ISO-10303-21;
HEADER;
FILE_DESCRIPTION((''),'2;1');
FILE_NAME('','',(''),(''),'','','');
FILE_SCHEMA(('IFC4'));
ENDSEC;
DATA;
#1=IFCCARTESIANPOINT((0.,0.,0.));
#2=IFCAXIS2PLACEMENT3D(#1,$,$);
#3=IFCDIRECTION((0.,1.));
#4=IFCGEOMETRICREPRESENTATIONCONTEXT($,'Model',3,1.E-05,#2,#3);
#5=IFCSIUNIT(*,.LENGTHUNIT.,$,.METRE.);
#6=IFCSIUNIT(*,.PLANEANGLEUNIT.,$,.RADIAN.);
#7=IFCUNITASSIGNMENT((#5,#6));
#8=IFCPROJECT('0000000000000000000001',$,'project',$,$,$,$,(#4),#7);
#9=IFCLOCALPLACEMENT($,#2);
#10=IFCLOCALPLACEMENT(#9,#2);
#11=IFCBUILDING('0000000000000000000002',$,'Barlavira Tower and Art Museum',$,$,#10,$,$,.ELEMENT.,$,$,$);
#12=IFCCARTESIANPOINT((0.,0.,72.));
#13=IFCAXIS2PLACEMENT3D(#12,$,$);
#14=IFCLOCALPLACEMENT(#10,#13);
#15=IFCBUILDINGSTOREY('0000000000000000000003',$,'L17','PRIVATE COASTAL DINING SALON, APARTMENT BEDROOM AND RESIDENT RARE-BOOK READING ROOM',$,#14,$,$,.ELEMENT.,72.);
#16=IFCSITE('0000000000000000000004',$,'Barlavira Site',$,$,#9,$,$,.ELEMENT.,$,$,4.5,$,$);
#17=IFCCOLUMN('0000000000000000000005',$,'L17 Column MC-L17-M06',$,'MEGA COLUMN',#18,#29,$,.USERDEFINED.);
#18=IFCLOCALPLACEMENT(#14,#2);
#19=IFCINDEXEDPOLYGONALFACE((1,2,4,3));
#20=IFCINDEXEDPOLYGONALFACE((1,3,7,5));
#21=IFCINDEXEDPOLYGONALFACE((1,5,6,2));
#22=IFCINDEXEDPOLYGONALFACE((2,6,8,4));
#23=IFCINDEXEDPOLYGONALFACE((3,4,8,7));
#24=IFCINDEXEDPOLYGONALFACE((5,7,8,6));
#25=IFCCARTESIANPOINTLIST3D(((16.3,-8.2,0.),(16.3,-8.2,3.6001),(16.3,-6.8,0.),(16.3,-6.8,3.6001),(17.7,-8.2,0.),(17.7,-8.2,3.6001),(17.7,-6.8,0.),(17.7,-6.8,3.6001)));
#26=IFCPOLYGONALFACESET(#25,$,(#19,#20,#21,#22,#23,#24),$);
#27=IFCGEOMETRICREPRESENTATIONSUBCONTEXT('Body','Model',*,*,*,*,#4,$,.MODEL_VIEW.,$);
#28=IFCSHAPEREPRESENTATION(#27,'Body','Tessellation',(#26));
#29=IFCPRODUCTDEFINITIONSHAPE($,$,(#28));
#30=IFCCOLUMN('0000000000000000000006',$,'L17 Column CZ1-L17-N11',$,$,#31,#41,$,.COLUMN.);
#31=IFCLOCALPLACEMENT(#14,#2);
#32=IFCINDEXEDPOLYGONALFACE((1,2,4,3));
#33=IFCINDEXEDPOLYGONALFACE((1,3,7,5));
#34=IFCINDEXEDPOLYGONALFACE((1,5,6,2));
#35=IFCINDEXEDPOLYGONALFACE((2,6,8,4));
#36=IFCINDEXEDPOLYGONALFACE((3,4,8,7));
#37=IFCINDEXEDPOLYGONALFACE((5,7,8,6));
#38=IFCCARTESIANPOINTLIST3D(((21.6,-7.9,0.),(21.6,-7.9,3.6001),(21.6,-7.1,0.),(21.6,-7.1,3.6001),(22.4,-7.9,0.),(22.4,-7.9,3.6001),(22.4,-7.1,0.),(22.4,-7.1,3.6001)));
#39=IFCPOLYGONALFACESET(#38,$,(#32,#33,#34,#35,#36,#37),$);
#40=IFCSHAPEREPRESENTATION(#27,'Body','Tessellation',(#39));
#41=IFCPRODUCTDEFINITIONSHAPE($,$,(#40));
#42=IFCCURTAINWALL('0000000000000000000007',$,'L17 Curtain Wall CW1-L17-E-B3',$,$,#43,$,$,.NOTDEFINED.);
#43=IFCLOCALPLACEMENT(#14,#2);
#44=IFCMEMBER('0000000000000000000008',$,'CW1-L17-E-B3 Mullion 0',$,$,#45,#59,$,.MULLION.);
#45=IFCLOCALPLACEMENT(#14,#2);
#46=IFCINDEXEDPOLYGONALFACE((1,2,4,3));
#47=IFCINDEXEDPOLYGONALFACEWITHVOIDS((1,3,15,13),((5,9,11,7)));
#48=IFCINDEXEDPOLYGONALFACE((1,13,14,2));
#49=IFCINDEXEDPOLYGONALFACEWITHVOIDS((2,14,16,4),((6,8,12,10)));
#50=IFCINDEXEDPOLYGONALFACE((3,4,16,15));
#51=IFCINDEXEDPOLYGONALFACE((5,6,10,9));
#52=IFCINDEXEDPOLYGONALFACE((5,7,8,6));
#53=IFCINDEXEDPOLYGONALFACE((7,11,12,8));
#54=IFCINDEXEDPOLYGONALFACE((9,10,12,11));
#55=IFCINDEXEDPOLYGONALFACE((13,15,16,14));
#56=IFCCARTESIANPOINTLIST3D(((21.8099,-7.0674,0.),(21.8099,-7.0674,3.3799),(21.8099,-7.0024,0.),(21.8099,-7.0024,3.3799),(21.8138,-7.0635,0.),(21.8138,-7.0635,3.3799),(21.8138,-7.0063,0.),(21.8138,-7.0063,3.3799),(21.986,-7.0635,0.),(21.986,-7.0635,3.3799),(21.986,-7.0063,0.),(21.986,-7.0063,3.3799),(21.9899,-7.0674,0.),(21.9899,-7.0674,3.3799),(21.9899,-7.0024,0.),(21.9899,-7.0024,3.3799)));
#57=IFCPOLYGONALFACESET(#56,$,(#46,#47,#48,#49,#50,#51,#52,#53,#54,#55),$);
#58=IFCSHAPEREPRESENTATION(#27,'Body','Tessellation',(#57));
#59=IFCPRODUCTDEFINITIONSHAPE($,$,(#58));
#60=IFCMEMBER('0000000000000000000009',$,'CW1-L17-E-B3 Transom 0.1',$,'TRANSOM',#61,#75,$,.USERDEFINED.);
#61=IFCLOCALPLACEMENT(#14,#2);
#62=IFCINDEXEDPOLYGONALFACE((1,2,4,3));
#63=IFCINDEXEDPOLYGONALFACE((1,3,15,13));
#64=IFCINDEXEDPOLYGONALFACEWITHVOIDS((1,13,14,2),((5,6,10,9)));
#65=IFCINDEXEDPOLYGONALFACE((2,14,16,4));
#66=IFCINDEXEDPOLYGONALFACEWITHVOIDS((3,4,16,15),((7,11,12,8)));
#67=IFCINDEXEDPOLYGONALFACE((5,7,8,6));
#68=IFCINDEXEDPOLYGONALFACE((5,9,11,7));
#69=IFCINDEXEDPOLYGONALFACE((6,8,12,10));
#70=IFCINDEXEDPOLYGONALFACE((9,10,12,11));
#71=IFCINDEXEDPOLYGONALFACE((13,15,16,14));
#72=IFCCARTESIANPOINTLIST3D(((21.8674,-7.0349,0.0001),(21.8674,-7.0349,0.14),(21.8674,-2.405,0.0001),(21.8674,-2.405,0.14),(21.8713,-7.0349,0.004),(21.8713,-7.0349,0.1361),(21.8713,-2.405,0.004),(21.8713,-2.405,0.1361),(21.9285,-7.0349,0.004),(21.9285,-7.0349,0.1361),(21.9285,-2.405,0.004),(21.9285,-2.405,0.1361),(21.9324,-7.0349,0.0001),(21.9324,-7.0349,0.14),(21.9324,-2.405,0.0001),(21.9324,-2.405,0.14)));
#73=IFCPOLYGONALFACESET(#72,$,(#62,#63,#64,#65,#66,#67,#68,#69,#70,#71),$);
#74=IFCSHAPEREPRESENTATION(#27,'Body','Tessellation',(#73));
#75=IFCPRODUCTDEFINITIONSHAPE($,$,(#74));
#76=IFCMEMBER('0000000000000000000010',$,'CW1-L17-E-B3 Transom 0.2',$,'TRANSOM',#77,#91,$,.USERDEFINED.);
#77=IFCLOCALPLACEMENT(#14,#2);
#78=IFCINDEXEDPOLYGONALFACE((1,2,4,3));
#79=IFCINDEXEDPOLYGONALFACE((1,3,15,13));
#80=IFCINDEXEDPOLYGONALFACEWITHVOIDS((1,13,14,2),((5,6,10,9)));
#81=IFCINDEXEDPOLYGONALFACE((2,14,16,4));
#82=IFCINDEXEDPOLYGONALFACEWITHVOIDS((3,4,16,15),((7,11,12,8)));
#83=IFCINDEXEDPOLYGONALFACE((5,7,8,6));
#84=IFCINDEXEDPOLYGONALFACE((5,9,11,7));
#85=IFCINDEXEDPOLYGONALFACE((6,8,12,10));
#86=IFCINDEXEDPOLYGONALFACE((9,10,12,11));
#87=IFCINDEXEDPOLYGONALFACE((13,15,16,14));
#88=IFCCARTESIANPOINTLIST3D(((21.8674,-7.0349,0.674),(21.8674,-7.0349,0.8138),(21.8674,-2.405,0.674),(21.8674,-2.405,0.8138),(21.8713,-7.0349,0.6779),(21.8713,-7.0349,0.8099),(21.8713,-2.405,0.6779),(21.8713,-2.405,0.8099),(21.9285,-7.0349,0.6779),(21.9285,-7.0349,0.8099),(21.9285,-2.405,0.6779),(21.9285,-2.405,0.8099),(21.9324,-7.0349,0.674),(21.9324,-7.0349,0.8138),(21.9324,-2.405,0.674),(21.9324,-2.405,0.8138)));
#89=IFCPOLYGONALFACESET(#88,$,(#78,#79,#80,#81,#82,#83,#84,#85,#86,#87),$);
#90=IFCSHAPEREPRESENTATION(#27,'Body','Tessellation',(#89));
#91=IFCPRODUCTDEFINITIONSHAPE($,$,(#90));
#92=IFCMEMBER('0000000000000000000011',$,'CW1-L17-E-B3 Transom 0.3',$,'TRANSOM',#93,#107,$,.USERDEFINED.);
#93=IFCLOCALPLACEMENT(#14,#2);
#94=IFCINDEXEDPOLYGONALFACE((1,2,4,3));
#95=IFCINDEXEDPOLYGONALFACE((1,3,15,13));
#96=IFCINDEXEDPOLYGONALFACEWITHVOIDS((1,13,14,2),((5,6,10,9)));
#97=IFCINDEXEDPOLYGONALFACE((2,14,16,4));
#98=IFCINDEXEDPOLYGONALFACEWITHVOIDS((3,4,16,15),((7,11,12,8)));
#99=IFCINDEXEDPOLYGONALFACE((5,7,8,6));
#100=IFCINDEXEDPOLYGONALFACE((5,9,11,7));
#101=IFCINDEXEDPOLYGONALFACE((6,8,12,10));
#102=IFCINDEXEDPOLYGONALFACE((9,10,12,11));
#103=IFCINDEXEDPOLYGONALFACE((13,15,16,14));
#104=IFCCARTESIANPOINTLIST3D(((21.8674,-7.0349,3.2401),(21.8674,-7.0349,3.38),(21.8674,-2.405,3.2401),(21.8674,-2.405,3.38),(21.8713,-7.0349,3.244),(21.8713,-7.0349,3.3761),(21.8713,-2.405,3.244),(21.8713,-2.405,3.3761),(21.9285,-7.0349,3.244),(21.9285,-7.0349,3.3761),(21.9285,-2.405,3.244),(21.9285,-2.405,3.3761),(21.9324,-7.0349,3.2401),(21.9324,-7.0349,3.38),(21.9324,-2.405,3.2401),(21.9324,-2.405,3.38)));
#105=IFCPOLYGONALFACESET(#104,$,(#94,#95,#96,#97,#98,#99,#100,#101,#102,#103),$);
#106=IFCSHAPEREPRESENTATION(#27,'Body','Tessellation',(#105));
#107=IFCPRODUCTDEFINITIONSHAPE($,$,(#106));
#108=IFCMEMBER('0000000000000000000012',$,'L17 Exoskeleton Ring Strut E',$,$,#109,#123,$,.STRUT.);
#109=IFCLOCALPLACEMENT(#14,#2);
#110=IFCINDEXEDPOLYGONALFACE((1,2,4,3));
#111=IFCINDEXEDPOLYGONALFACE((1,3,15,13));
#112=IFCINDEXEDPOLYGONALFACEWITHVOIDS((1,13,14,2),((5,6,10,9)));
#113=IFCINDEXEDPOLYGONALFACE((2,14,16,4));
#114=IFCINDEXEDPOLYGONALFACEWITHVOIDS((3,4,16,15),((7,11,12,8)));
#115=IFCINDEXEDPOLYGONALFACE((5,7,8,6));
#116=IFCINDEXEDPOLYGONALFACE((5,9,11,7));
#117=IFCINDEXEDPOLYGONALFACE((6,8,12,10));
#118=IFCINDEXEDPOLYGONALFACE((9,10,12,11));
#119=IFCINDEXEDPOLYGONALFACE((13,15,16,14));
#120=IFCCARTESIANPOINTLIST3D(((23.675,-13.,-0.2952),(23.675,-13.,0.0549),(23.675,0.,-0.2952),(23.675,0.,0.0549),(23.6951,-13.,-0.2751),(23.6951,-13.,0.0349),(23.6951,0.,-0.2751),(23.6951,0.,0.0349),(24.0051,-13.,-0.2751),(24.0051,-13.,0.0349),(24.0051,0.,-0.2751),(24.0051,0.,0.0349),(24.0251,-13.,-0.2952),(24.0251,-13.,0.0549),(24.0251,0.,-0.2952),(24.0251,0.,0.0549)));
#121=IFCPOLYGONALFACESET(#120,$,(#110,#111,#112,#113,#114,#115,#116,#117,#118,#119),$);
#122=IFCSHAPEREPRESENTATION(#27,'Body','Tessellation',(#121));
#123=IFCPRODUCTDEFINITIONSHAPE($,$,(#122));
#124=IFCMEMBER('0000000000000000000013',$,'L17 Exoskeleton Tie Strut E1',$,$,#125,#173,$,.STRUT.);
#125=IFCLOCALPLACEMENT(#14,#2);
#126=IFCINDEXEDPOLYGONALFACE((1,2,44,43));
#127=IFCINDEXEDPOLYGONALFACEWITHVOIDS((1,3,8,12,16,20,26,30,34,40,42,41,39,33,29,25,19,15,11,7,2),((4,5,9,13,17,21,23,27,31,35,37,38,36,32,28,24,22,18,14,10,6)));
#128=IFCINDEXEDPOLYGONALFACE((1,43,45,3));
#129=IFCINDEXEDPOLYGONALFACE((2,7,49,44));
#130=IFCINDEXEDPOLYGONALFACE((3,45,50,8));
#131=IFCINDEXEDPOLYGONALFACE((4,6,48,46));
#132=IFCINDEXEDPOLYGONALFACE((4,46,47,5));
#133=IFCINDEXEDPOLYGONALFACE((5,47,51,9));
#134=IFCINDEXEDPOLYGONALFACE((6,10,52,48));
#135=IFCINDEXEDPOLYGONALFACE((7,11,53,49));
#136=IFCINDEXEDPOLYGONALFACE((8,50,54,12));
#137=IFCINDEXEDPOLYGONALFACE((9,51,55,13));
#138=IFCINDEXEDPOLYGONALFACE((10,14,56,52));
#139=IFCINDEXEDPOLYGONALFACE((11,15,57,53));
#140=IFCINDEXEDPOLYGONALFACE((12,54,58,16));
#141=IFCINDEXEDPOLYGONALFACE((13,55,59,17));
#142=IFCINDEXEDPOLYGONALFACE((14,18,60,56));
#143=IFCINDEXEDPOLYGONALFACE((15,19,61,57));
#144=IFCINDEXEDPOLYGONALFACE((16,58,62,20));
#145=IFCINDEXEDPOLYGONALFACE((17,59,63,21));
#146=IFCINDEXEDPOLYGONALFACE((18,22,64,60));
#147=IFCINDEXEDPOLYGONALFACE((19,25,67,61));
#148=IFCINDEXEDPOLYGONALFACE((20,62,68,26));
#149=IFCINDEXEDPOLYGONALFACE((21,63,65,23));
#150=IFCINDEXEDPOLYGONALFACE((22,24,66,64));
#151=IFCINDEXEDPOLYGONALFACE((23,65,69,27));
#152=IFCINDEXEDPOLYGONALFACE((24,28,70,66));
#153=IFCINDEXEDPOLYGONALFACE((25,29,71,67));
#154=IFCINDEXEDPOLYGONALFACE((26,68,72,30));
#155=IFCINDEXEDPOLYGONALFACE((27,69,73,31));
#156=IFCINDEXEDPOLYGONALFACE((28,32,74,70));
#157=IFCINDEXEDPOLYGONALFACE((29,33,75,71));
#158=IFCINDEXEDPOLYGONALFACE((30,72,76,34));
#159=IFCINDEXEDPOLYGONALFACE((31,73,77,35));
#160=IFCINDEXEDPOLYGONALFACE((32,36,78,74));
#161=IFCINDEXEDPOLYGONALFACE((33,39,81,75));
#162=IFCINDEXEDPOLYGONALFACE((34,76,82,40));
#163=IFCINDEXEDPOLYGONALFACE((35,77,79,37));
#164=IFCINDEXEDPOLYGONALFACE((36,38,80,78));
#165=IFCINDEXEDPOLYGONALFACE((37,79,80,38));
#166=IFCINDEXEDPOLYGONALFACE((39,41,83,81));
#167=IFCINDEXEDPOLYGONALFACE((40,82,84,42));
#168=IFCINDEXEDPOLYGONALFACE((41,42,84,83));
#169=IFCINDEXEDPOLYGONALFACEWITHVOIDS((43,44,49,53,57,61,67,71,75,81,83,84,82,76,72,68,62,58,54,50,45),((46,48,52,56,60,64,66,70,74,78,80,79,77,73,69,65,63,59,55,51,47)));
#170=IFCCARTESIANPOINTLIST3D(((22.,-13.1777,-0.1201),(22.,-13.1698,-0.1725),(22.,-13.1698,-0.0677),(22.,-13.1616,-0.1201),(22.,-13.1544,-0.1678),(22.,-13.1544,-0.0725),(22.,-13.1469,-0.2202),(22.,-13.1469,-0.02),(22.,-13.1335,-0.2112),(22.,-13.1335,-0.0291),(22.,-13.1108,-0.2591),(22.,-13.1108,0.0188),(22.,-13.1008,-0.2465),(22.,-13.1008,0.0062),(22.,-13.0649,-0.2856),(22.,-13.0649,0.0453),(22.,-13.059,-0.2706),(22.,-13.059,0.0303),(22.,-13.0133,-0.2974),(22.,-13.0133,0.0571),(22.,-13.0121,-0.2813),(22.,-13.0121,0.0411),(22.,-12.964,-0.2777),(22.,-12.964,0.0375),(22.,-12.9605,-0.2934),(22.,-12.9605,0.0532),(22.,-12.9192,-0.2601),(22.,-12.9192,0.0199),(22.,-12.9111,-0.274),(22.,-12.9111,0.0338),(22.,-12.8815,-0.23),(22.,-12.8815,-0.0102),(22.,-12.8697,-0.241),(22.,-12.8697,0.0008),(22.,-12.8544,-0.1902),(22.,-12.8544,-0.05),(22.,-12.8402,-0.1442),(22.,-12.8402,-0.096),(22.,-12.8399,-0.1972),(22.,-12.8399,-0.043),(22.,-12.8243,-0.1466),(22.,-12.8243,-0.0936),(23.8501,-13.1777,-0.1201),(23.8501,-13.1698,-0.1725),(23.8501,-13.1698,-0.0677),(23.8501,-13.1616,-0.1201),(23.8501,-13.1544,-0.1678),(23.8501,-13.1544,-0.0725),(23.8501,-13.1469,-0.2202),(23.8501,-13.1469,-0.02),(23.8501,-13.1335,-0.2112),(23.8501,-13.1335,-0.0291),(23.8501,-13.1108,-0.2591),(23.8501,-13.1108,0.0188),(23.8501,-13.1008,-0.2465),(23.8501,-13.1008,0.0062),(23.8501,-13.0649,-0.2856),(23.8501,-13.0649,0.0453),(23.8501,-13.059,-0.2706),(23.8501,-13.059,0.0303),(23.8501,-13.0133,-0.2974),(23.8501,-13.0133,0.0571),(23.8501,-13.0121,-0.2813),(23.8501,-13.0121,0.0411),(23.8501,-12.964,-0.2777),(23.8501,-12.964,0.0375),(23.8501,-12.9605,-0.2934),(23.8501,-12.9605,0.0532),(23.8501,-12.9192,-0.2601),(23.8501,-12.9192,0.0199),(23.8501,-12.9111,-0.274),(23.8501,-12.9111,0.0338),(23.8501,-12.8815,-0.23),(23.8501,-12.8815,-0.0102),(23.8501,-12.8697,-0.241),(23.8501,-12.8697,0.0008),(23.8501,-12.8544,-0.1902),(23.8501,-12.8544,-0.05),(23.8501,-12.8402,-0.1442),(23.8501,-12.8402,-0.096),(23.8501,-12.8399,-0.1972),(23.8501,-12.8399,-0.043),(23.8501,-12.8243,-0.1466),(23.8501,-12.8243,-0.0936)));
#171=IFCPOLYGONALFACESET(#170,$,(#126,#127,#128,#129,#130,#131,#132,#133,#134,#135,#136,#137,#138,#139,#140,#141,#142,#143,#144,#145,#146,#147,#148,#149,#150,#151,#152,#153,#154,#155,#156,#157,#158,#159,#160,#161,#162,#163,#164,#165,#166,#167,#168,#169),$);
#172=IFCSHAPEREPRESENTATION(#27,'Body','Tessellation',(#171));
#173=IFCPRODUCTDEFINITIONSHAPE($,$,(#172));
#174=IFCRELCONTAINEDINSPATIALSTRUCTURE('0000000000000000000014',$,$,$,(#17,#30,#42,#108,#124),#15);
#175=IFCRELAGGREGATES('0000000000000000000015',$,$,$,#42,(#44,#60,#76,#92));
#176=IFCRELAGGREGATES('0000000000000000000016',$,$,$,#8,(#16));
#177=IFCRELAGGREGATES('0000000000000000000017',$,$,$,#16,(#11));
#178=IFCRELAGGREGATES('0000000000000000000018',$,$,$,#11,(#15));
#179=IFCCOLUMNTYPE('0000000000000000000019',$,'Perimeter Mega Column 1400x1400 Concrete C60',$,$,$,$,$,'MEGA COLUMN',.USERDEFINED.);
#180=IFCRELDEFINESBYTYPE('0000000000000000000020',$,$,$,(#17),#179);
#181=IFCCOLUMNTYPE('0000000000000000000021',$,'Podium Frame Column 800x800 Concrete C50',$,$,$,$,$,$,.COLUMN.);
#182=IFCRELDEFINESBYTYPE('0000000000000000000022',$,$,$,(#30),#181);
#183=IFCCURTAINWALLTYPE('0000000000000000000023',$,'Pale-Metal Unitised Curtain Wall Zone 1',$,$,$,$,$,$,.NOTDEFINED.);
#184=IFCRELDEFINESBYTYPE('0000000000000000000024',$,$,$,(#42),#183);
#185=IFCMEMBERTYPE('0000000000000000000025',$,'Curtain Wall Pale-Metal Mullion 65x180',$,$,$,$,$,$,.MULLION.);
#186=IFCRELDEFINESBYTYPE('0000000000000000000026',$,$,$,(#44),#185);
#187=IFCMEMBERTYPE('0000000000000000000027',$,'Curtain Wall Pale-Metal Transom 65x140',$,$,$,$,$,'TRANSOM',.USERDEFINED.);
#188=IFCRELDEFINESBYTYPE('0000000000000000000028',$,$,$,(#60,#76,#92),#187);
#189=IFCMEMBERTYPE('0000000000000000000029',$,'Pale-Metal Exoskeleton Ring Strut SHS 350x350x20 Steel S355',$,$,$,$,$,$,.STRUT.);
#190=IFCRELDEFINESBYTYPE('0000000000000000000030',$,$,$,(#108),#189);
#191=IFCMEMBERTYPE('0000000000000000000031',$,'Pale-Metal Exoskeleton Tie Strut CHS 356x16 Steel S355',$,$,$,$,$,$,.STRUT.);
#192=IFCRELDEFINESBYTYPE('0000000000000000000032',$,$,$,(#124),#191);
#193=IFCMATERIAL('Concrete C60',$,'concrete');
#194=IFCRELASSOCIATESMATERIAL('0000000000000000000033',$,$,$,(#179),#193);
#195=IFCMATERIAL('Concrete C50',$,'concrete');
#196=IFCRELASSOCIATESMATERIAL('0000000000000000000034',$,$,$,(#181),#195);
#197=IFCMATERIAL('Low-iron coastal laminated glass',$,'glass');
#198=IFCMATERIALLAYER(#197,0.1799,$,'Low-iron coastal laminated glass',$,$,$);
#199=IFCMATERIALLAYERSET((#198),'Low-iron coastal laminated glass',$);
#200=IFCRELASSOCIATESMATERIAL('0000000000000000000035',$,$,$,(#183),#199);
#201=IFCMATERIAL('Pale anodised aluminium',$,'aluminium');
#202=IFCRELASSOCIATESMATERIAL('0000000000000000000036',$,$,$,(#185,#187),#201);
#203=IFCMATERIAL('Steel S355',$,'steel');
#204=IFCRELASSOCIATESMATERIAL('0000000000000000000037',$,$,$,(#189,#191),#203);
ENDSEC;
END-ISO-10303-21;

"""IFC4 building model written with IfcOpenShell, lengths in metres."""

from ifc_helpers import new_model, si_unit, direction, frame, origin, origin_2d, place, context, subcontext, project, spatial, rectangle, hollow_rectangle, hollow_circle, extrude, material, layer, layer_set, material_profile, profile_set, type_object, element, aggregate, save


model = new_model("IFC4")

# Units and contexts
model_context = context("Model", 3, precision=1e-05, world=origin(), true_north=direction((0.0, 1.0)))
body_context = subcontext(model_context, "Body", "Model", "MODEL_VIEW")
ifc_project = project(units=[si_unit("LENGTHUNIT", "METRE"), si_unit("PLANEANGLEUNIT", "RADIAN")], contexts=[model_context])

# Site, building, storey
site_placement = place(None, origin())
site = spatial("IfcSite", under=ifc_project, at=site_placement, Name="Barlavira Site", CompositionType="ELEMENT", RefElevation=4.5)
building_placement = place(site_placement, origin())
building = spatial("IfcBuilding", under=site, at=building_placement, Name="Barlavira Tower and Art Museum", CompositionType="ELEMENT")
storey_placement = place(building_placement, frame((0.0, 0.0, 72.0)))
storey = spatial("IfcBuildingStorey", under=building, at=storey_placement, Name="L17", Description="PRIVATE COASTAL DINING SALON, APARTMENT BEDROOM AND RESIDENT RARE-BOOK READING ROOM", CompositionType="ELEMENT", Elevation=72.0)

# Columns
ifc_material_1 = material(Name="Concrete C60", Category="concrete")
ifc_material_profile_1 = material_profile(ifc_material_1, rectangle(XDim=1.3999, YDim=1.3999, at=origin_2d()), Name="RC-MCOL 1400x1400")
ifc_profile_set_1 = profile_set([ifc_material_profile_1], Name="Concrete C60")
column_type_1 = type_object("IfcColumnType", Name="Perimeter Mega Column 1400x1400 Concrete C60", ElementType="MEGA COLUMN", PredefinedType="USERDEFINED", material=ifc_profile_set_1)
column_1_placement = place(storey_placement, frame((17.0, -7.5, 0.0), z_axis=(0.0, 0.0, 1.0), x_axis=(1.0, 0.0, 0.0)))
element("IfcColumn", 1, at=column_1_placement, inside=storey, type_object=column_type_1, Name="L17 Column MC-L17-M06", ObjectType="MEGA COLUMN", PredefinedType="USERDEFINED", context=body_context, shape_type="SweptSolid", body=[
    extrude(rectangle(XDim=1.3999, YDim=1.3999, at=origin_2d()), origin(), (0.0, 0.0, 1.0), 3.6001),
])
ifc_material_2 = material(Name="Concrete C50", Category="concrete")
ifc_material_profile_2 = material_profile(ifc_material_2, rectangle(XDim=0.8, YDim=0.8, at=origin_2d()), Name="RC-COL 800x800")
ifc_profile_set_2 = profile_set([ifc_material_profile_2], Name="Concrete C50")
column_type_2 = type_object("IfcColumnType", Name="Podium Frame Column 800x800 Concrete C50", PredefinedType="COLUMN", material=ifc_profile_set_2)
column_2_placement = place(storey_placement, frame((22.0, -7.5, 0.0), z_axis=(0.0, 0.0, 1.0), x_axis=(1.0, 0.0, 0.0)))
element("IfcColumn", 2, at=column_2_placement, inside=storey, type_object=column_type_2, Name="L17 Column CZ1-L17-N11", PredefinedType="COLUMN", context=body_context, shape_type="SweptSolid", body=[
    extrude(rectangle(XDim=0.8, YDim=0.8, at=origin_2d()), origin(), (0.0, 0.0, 1.0), 3.6001),
])

# Curtain wall, members
ifc_material_3 = material(Name="Low-iron coastal laminated glass", Category="glass")
ifc_layer_1 = layer(ifc_material_3, 0.1799, Name="Low-iron coastal laminated glass")
ifc_layer_set_1 = layer_set([ifc_layer_1], Name="Low-iron coastal laminated glass")
curtain_wall_type = type_object("IfcCurtainWallType", Name="Pale-Metal Unitised Curtain Wall Zone 1", PredefinedType="NOTDEFINED", material=ifc_layer_set_1)
curtain_wall_placement = place(storey_placement, origin())
curtain_wall = element("IfcCurtainWall", 3, at=curtain_wall_placement, inside=storey, type_object=curtain_wall_type, Name="L17 Curtain Wall CW1-L17-E-B3", PredefinedType="NOTDEFINED")
ifc_material_4 = material(Name="Pale anodised aluminium", Category="aluminium")
ifc_material_profile_3 = material_profile(ifc_material_4, hollow_rectangle(XDim=0.0649, YDim=0.1799, WallThickness=0.0039, at=origin_2d()), Name="ALU-MULL 65x180x4")
ifc_profile_set_3 = profile_set([ifc_material_profile_3], Name="Pale anodised aluminium")
member_type_1 = type_object("IfcMemberType", Name="Curtain Wall Pale-Metal Mullion 65x180", PredefinedType="MULLION", material=ifc_profile_set_3)
member_1_placement = place(storey_placement, frame((21.8999, -7.0349, 0.0), z_axis=(0.0, 0.0, 1.0), x_axis=(0.0, 1.0, 0.0)))
member_1 = element("IfcMember", 4, at=member_1_placement, type_object=member_type_1, Name="CW1-L17-E-B3 Mullion 0", PredefinedType="MULLION", context=body_context, shape_type="SweptSolid", body=[
    extrude(hollow_rectangle(XDim=0.0649, YDim=0.1799, WallThickness=0.0039, at=origin_2d()), origin(), (0.0, 0.0, 1.0), 3.3799),
])
ifc_material_profile_4 = material_profile(ifc_material_4, hollow_rectangle(XDim=0.0649, YDim=0.1399, WallThickness=0.0039, at=origin_2d()), Name="ALU-TRAN 65x140x4")
ifc_profile_set_4 = profile_set([ifc_material_profile_4], Name="Pale anodised aluminium")
member_type_2 = type_object("IfcMemberType", Name="Curtain Wall Pale-Metal Transom 65x140", ElementType="TRANSOM", PredefinedType="USERDEFINED", material=ifc_profile_set_4)
member_2_placement = place(storey_placement, frame((21.8999, -7.0349, 0.0701), z_axis=(0.0, 1.0, 0.0), x_axis=(-1.0, 0.0, 0.0)))
member_2 = element("IfcMember", 5, at=member_2_placement, type_object=member_type_2, Name="CW1-L17-E-B3 Transom 0.1", ObjectType="TRANSOM", PredefinedType="USERDEFINED", context=body_context, shape_type="SweptSolid", body=[
    extrude(hollow_rectangle(XDim=0.0649, YDim=0.1399, WallThickness=0.0039, at=origin_2d()), origin(), (0.0, 0.0, 1.0), 4.6299),
])
member_3_placement = place(storey_placement, frame((21.8999, -7.0349, 0.7439), z_axis=(0.0, 1.0, 0.0), x_axis=(-1.0, 0.0, 0.0)))
member_3 = element("IfcMember", 6, at=member_3_placement, type_object=member_type_2, Name="CW1-L17-E-B3 Transom 0.2", ObjectType="TRANSOM", PredefinedType="USERDEFINED", context=body_context, shape_type="SweptSolid", body=[
    extrude(hollow_rectangle(XDim=0.0649, YDim=0.1399, WallThickness=0.0039, at=origin_2d()), origin(), (0.0, 0.0, 1.0), 4.6299),
])
member_4_placement = place(storey_placement, frame((21.8999, -7.0349, 3.3101), z_axis=(0.0, 1.0, 0.0), x_axis=(-1.0, 0.0, 0.0)))
member_4 = element("IfcMember", 7, at=member_4_placement, type_object=member_type_2, Name="CW1-L17-E-B3 Transom 0.3", ObjectType="TRANSOM", PredefinedType="USERDEFINED", context=body_context, shape_type="SweptSolid", body=[
    extrude(hollow_rectangle(XDim=0.0649, YDim=0.1399, WallThickness=0.0039, at=origin_2d()), origin(), (0.0, 0.0, 1.0), 4.6299),
])

# Members
ifc_material_5 = material(Name="Steel S355", Category="steel")
ifc_material_profile_5 = material_profile(ifc_material_5, hollow_rectangle(XDim=0.3501, YDim=0.3501, WallThickness=0.02, at=origin_2d()), Name="SHS 350x350x20.0")
ifc_profile_set_5 = profile_set([ifc_material_profile_5], Name="Steel S355")
member_type_3 = type_object("IfcMemberType", Name="Pale-Metal Exoskeleton Ring Strut SHS 350x350x20 Steel S355", PredefinedType="STRUT", material=ifc_profile_set_5)
member_5_placement = place(storey_placement, frame((23.8501, -13.0, -0.1201), z_axis=(0.0, 1.0, 0.0), x_axis=(-1.0, 0.0, 0.0)))
element("IfcMember", 8, at=member_5_placement, inside=storey, type_object=member_type_3, Name="L17 Exoskeleton Ring Strut E", PredefinedType="STRUT", context=body_context, shape_type="SweptSolid", body=[
    extrude(hollow_rectangle(XDim=0.3501, YDim=0.3501, WallThickness=0.02, at=origin_2d()), origin(), (0.0, 0.0, 1.0), 13.0),
])
ifc_material_profile_6 = material_profile(ifc_material_5, hollow_circle(Radius=0.1777, WallThickness=0.0161, at=origin_2d()), Name="CHS 355.6x16.0")
ifc_profile_set_6 = profile_set([ifc_material_profile_6], Name="Steel S355")
member_type_4 = type_object("IfcMemberType", Name="Pale-Metal Exoskeleton Tie Strut CHS 356x16 Steel S355", PredefinedType="STRUT", material=ifc_profile_set_6)
member_6_placement = place(storey_placement, frame((23.8501, -13.0, -0.1201), z_axis=(-1.0, 0.0, 0.0), x_axis=(0.0, -1.0, 0.0)))
element("IfcMember", 9, at=member_6_placement, inside=storey, type_object=member_type_4, Name="L17 Exoskeleton Tie Strut E1", PredefinedType="STRUT", context=body_context, shape_type="SweptSolid", body=[
    extrude(hollow_circle(Radius=0.1777, WallThickness=0.0161, at=origin_2d()), origin(), (0.0, 0.0, 1.0), 1.8501),
])

aggregate(curtain_wall, [member_1, member_2, member_3, member_4])

save(model, "model.ifc")
